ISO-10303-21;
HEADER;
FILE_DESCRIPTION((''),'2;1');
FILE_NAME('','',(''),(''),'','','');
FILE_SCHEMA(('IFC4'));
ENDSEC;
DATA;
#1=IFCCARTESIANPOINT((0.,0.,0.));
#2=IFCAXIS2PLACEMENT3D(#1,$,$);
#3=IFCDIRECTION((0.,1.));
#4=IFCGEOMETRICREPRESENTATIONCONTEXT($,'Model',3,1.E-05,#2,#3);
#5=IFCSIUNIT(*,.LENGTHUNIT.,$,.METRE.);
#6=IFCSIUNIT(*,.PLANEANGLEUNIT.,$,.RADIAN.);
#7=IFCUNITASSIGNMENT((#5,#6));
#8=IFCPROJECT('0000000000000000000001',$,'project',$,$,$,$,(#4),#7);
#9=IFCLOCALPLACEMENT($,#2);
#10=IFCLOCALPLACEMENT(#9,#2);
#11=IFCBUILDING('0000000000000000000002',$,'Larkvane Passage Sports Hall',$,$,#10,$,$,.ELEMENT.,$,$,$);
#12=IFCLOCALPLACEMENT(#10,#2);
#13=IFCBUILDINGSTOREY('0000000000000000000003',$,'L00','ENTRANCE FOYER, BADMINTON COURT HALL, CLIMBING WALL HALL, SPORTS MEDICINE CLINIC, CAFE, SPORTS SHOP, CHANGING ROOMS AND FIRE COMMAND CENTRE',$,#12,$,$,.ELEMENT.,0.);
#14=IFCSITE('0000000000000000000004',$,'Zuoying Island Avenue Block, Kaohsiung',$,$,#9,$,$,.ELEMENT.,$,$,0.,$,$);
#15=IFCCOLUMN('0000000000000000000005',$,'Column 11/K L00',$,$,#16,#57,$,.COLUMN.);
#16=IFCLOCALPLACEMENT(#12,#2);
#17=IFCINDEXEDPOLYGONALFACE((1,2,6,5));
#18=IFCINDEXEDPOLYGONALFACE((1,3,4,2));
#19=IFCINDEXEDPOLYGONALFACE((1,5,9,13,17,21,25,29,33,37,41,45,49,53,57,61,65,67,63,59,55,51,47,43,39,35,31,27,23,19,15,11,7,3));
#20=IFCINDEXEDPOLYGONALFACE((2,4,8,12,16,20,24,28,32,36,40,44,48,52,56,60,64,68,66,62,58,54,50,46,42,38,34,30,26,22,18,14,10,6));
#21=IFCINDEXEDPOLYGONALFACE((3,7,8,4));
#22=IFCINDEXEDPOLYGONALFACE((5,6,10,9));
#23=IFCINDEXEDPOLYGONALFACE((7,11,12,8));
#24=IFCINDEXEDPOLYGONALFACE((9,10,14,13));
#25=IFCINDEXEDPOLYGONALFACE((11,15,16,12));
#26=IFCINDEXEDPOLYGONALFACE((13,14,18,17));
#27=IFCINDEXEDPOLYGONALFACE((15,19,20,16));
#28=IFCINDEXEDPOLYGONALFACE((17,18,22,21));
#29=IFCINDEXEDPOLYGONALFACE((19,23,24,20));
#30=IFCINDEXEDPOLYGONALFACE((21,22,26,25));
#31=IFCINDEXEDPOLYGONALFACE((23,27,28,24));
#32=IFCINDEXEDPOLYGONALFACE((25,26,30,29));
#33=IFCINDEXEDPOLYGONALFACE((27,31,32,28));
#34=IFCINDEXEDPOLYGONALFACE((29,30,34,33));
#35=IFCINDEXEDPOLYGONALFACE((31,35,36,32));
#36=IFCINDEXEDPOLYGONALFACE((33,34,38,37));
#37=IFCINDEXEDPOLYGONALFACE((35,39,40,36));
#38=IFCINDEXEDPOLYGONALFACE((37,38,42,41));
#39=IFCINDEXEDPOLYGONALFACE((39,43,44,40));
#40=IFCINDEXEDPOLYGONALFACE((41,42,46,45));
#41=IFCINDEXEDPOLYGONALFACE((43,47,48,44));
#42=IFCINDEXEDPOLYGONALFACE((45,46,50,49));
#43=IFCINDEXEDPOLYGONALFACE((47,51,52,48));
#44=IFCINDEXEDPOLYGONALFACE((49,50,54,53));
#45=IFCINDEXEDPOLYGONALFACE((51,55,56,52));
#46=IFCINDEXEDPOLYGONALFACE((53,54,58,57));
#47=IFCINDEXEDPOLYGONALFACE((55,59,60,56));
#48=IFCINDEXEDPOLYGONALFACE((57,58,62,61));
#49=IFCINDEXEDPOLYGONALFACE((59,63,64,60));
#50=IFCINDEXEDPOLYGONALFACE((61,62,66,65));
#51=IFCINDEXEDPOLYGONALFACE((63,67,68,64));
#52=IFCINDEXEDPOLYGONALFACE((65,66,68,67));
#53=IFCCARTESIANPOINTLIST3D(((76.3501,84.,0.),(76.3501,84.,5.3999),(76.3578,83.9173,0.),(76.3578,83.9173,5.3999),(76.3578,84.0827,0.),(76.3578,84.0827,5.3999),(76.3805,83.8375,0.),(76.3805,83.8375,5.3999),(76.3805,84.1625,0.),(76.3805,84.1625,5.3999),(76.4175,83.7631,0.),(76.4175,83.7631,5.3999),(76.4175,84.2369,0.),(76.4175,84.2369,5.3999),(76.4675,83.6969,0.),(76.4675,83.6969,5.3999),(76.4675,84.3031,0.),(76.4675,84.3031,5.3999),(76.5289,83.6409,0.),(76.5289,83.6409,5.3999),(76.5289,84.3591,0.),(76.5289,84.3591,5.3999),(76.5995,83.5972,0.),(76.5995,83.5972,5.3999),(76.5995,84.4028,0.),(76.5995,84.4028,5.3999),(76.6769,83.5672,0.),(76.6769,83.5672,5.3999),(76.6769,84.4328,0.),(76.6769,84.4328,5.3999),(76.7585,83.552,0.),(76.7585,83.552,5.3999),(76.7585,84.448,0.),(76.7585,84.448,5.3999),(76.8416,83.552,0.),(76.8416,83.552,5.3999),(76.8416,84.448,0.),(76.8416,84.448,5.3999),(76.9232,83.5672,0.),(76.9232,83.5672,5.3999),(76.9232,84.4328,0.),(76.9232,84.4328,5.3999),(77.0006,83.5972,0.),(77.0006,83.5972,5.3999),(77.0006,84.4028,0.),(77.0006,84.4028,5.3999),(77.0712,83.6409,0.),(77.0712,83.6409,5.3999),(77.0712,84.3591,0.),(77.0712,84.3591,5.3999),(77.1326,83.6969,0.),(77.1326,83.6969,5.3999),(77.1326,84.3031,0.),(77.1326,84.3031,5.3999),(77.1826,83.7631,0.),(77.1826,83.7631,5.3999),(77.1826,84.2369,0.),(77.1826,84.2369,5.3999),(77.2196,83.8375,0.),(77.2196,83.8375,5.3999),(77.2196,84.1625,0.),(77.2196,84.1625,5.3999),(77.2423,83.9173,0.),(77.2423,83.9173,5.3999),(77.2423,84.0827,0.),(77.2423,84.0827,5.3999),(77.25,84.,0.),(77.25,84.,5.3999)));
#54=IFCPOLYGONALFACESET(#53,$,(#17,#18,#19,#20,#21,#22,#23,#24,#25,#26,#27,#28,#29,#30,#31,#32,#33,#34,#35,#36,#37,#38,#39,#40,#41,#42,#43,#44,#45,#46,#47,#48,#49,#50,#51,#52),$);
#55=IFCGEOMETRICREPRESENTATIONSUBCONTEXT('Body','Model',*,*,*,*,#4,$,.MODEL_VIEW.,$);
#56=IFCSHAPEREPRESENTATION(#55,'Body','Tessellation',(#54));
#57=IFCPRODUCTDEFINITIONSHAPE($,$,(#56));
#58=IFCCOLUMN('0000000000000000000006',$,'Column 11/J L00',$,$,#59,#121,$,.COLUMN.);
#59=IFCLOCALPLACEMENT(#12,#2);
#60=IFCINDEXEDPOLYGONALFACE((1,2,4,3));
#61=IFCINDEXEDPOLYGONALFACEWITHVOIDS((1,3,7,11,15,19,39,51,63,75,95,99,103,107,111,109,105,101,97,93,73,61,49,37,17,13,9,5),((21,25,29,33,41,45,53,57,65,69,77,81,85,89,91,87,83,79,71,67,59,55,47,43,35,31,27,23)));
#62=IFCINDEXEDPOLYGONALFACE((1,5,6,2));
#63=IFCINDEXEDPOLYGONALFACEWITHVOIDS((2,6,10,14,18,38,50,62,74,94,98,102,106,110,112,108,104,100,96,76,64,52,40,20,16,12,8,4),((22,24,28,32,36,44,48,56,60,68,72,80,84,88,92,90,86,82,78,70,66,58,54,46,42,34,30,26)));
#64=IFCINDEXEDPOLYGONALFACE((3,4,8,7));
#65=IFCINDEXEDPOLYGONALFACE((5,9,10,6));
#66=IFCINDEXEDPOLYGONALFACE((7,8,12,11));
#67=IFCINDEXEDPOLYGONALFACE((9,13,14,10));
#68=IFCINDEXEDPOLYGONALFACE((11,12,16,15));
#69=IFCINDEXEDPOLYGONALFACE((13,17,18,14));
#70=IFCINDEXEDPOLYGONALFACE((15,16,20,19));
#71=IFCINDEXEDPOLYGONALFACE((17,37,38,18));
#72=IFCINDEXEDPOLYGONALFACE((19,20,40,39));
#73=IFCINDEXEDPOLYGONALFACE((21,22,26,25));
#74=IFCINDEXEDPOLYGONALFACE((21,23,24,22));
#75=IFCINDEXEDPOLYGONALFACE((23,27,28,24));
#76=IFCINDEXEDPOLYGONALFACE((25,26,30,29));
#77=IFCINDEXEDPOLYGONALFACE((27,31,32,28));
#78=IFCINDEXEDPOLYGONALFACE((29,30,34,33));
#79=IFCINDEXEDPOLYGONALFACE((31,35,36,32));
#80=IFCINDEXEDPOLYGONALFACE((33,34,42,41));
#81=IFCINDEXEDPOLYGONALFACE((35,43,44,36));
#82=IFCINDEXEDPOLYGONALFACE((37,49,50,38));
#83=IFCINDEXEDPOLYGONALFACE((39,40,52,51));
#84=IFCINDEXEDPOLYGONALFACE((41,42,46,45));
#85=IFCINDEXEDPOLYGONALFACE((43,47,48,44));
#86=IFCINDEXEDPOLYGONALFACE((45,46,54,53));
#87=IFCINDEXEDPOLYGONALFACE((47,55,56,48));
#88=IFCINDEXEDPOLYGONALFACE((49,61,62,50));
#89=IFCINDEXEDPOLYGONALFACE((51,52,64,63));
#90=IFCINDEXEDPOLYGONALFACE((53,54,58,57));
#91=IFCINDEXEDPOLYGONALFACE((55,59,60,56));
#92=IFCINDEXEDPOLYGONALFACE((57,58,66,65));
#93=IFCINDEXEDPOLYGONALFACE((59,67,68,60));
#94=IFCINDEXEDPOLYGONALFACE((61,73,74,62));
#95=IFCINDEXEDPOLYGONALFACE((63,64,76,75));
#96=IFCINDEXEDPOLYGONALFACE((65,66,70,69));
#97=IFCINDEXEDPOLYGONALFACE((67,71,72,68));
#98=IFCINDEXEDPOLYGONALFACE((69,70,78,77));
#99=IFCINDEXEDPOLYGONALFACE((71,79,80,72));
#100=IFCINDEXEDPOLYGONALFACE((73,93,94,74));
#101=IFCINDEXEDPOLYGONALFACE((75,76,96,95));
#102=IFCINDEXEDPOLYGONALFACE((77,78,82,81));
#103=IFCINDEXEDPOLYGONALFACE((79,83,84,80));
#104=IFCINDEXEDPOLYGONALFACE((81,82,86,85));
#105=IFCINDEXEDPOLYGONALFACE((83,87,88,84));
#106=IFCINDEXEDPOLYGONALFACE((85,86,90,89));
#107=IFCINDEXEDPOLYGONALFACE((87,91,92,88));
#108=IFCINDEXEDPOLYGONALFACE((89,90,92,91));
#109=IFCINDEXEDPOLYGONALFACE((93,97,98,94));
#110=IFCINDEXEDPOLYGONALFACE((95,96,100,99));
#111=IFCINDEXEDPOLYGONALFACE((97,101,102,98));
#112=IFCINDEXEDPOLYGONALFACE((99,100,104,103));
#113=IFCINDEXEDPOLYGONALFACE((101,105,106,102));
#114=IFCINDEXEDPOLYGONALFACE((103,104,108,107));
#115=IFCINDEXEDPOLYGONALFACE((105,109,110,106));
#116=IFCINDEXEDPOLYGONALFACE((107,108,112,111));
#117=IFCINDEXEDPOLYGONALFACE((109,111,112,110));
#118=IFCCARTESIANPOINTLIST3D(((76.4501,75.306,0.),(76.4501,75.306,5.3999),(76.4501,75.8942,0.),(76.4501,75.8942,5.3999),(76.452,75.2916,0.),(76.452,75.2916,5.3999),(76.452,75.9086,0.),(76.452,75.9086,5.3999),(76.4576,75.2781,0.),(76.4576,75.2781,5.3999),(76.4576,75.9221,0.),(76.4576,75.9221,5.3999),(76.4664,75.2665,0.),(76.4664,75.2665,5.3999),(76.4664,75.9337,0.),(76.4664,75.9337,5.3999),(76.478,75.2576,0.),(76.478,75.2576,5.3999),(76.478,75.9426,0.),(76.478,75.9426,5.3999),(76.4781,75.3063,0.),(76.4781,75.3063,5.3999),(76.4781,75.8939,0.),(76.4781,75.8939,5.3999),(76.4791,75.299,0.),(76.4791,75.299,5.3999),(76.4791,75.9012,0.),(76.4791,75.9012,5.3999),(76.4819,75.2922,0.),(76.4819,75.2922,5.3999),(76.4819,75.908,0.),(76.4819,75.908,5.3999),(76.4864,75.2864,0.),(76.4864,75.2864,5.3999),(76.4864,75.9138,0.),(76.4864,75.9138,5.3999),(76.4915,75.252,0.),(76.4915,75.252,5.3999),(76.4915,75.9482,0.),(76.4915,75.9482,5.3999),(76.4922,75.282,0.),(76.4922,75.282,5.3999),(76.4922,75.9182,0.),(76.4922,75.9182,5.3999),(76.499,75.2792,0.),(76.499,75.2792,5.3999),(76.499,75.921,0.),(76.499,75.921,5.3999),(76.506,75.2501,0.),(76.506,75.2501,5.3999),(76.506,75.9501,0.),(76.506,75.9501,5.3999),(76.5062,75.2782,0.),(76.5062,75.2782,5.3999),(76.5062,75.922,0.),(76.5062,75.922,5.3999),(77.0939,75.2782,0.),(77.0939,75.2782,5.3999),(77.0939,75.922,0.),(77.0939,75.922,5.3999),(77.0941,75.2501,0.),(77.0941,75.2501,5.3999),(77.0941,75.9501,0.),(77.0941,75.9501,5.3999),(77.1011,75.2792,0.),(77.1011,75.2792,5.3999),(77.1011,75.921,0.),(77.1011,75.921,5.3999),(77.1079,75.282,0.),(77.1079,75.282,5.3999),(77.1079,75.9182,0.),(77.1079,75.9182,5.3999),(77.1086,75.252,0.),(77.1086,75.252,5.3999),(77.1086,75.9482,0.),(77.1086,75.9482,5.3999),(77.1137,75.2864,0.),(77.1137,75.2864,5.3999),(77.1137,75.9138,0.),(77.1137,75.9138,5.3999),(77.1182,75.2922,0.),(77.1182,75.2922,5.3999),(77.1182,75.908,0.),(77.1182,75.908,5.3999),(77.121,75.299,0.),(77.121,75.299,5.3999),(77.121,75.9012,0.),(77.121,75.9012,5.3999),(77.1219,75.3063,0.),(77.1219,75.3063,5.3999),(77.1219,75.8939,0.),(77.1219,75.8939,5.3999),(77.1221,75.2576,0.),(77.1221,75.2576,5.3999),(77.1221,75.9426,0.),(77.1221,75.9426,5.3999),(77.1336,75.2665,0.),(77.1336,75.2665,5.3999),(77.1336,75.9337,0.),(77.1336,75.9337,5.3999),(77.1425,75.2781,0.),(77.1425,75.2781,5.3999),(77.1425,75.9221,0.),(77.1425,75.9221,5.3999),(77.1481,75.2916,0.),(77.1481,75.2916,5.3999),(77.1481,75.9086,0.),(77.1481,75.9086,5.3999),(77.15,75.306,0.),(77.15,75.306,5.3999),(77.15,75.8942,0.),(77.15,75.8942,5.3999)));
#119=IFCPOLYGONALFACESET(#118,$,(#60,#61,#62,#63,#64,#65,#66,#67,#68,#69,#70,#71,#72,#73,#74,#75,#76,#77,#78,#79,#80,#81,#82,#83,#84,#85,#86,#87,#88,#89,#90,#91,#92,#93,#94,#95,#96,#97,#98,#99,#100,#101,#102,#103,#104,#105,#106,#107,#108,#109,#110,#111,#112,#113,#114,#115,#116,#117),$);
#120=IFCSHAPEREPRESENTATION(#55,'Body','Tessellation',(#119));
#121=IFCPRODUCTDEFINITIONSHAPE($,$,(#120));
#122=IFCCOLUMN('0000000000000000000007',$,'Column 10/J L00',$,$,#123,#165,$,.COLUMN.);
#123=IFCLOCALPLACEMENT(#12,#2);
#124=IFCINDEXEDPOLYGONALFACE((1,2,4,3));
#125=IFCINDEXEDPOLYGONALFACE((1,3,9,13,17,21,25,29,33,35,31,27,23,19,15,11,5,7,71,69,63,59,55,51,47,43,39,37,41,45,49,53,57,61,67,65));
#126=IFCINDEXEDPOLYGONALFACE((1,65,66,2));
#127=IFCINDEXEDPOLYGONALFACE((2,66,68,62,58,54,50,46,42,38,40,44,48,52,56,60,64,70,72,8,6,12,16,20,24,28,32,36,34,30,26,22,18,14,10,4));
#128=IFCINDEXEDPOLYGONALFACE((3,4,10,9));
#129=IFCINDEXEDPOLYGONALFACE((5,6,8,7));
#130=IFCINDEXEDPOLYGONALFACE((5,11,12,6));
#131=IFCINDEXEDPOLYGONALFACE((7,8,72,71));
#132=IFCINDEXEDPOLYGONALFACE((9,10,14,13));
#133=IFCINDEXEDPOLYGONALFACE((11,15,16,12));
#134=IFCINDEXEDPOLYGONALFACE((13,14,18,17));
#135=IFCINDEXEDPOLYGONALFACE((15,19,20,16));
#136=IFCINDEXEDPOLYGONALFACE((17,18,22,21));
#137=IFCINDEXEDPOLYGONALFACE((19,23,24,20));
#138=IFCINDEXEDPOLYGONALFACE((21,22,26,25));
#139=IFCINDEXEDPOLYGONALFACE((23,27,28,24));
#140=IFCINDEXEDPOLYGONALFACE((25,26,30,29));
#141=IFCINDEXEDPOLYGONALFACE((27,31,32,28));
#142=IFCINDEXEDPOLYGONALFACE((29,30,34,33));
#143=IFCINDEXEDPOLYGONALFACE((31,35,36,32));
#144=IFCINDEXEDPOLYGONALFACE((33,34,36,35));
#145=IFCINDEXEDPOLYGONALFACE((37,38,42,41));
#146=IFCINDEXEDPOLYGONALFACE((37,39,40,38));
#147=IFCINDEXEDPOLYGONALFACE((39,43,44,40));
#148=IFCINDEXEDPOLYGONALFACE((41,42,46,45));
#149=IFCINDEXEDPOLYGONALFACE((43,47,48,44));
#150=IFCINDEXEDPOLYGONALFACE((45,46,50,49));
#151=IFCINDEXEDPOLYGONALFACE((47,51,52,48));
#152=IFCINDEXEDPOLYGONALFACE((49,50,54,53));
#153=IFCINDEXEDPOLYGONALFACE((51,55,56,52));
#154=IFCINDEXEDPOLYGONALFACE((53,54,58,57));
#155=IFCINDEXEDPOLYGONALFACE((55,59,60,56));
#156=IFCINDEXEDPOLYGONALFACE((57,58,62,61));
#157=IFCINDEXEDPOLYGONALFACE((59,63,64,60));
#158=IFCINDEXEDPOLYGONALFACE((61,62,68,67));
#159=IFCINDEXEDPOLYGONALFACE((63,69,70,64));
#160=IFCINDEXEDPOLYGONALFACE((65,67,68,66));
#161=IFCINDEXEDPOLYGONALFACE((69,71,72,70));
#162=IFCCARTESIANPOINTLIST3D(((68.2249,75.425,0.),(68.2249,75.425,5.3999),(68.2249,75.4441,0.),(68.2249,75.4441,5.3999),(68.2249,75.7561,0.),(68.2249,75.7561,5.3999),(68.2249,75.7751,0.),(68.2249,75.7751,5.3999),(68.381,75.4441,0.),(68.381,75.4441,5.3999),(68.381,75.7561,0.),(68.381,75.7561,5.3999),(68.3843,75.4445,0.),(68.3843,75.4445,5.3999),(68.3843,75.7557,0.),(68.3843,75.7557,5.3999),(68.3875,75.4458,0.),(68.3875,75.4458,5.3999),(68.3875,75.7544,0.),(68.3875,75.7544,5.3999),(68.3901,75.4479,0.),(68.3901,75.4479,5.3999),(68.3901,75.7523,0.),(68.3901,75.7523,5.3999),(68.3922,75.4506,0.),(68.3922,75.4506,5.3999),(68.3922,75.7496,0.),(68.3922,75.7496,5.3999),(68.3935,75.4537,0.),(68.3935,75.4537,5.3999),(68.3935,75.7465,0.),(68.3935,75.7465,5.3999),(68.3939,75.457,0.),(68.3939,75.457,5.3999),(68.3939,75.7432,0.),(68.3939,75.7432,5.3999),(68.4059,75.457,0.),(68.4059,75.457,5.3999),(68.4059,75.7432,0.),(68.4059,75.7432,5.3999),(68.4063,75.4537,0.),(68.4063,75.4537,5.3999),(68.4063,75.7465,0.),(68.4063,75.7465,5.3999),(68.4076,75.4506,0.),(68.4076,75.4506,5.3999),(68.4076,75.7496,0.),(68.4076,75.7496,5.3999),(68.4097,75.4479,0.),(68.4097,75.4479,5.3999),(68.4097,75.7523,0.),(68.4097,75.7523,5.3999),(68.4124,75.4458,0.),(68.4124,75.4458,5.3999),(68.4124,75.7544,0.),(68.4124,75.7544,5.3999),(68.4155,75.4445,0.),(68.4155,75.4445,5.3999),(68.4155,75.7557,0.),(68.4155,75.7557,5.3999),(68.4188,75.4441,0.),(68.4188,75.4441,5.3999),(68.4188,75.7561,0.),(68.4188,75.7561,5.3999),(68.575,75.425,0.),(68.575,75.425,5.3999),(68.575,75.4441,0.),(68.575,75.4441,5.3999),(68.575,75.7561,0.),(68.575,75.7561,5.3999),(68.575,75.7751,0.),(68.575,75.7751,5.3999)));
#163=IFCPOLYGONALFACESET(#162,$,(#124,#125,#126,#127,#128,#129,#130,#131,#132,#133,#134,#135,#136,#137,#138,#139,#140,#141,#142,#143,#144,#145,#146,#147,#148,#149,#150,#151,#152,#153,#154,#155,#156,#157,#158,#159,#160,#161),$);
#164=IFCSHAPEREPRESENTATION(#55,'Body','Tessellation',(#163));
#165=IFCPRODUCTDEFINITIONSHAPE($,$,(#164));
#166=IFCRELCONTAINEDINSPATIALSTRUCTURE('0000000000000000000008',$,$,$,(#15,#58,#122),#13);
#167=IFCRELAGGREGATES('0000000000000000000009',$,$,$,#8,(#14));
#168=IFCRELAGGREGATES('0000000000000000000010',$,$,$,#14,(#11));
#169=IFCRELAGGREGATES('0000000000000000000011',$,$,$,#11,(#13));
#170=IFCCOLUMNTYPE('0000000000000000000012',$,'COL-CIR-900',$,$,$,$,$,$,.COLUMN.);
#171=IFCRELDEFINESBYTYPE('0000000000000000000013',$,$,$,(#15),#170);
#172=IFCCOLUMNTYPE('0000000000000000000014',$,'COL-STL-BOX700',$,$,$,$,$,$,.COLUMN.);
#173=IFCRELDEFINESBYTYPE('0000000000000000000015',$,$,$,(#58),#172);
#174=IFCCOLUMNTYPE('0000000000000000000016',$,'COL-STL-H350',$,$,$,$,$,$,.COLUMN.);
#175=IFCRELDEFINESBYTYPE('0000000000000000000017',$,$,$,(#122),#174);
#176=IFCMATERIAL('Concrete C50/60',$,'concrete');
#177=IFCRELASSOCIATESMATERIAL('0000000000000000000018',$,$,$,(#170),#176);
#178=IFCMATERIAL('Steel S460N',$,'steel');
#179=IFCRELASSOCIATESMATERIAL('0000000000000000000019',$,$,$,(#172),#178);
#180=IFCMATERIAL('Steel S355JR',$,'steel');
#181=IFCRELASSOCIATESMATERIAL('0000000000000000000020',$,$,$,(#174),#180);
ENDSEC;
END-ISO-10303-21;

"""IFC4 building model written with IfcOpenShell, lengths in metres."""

from ifc_helpers import new_model, si_unit, direction, frame, origin, origin_2d, place, context, subcontext, project, spatial, hollow_rectangle, circle, i_section, extrude, material, material_profile, profile_set, type_object, element, save


model = new_model("IFC4")

# Units and contexts
model_context = context("Model", 3, precision=1e-05, world=origin(), true_north=direction((0.0, 1.0)))
body_context = subcontext(model_context, "Body", "Model", "MODEL_VIEW")
ifc_project = project(units=[si_unit("LENGTHUNIT", "METRE"), si_unit("PLANEANGLEUNIT", "RADIAN")], contexts=[model_context])

# Site, building, storey
site_placement = place(None, origin())
site = spatial("IfcSite", under=ifc_project, at=site_placement, Name="Zuoying Island Avenue Block, Kaohsiung", CompositionType="ELEMENT", RefElevation=0.0)
building_placement = place(site_placement, origin())
building = spatial("IfcBuilding", under=site, at=building_placement, Name="Larkvane Passage Sports Hall", CompositionType="ELEMENT")
storey_placement = place(building_placement, origin())
storey = spatial("IfcBuildingStorey", under=building, at=storey_placement, Name="L00", Description="ENTRANCE FOYER, BADMINTON COURT HALL, CLIMBING WALL HALL, SPORTS MEDICINE CLINIC, CAFE, SPORTS SHOP, CHANGING ROOMS AND FIRE COMMAND CENTRE", CompositionType="ELEMENT", Elevation=0.0)

# Columns
ifc_material_1 = material(Name="Concrete C50/60", Category="concrete")
ifc_material_profile_1 = material_profile(ifc_material_1, circle(Radius=0.45, at=origin_2d()), Name="RC-CIR-900")
ifc_profile_set_1 = profile_set([ifc_material_profile_1], Name="Concrete C50/60")
column_type_1 = type_object("IfcColumnType", Name="COL-CIR-900", PredefinedType="COLUMN", material=ifc_profile_set_1)
column_1_placement = place(storey_placement, frame((76.8, 84.0, 0.0), z_axis=(0.0, 0.0, 1.0), x_axis=(1.0, 0.0, 0.0)))
element("IfcColumn", 1, at=column_1_placement, inside=storey, type_object=column_type_1, Name="Column 11/K L00", PredefinedType="COLUMN", context=body_context, shape_type="SweptSolid", body=[
    extrude(circle(Radius=0.45, at=origin_2d()), origin(), (0.0, 0.0, 1.0), 5.3999),
])
ifc_material_2 = material(Name="Steel S460N", Category="steel")
ifc_material_profile_2 = material_profile(ifc_material_2, hollow_rectangle(XDim=0.7, YDim=0.7, WallThickness=0.0281, InnerFilletRadius=0.0281, OuterFilletRadius=0.0559, at=origin_2d()), Name="BOX-700x700x28")
ifc_profile_set_2 = profile_set([ifc_material_profile_2], Name="Steel S460N")
column_type_2 = type_object("IfcColumnType", Name="COL-STL-BOX700", PredefinedType="COLUMN", material=ifc_profile_set_2)
column_2_placement = place(storey_placement, frame((76.8, 75.6001, 0.0), z_axis=(0.0, 0.0, 1.0), x_axis=(1.0, 0.0, 0.0)))
element("IfcColumn", 2, at=column_2_placement, inside=storey, type_object=column_type_2, Name="Column 11/J L00", PredefinedType="COLUMN", context=body_context, shape_type="SweptSolid", body=[
    extrude(hollow_rectangle(XDim=0.7, YDim=0.7, WallThickness=0.0281, InnerFilletRadius=0.0281, OuterFilletRadius=0.0559, at=origin_2d()), origin(), (0.0, 0.0, 1.0), 5.3999),
])
ifc_material_3 = material(Name="Steel S355JR", Category="steel")
ifc_material_profile_3 = material_profile(ifc_material_3, i_section(OverallWidth=0.3501, OverallDepth=0.3501, WebThickness=0.012, FlangeThickness=0.019, FilletRadius=0.0129, at=origin_2d()), Name="H-350x350x12x19")
ifc_profile_set_3 = profile_set([ifc_material_profile_3], Name="Steel S355JR")
column_type_3 = type_object("IfcColumnType", Name="COL-STL-H350", PredefinedType="COLUMN", material=ifc_profile_set_3)
for number, where, z_axis, x_axis, name in (
    (3, (68.3999, 75.6001, 0.0), (0.0, 0.0, 1.0), (1.0, 0.0, 0.0), "Column 10/J L00"),
):
    element("IfcColumn", number, at=place(storey_placement, frame(where, z_axis=z_axis, x_axis=x_axis)), inside=storey, type_object=column_type_3, Name=name, PredefinedType="COLUMN", context=body_context, shape_type="SweptSolid", body=[
        extrude(i_section(OverallWidth=0.3501, OverallDepth=0.3501, WebThickness=0.012, FlangeThickness=0.019, FilletRadius=0.0129, at=origin_2d()), origin(), (0.0, 0.0, 1.0), 5.3999),
    ])

save(model, "model.ifc")
